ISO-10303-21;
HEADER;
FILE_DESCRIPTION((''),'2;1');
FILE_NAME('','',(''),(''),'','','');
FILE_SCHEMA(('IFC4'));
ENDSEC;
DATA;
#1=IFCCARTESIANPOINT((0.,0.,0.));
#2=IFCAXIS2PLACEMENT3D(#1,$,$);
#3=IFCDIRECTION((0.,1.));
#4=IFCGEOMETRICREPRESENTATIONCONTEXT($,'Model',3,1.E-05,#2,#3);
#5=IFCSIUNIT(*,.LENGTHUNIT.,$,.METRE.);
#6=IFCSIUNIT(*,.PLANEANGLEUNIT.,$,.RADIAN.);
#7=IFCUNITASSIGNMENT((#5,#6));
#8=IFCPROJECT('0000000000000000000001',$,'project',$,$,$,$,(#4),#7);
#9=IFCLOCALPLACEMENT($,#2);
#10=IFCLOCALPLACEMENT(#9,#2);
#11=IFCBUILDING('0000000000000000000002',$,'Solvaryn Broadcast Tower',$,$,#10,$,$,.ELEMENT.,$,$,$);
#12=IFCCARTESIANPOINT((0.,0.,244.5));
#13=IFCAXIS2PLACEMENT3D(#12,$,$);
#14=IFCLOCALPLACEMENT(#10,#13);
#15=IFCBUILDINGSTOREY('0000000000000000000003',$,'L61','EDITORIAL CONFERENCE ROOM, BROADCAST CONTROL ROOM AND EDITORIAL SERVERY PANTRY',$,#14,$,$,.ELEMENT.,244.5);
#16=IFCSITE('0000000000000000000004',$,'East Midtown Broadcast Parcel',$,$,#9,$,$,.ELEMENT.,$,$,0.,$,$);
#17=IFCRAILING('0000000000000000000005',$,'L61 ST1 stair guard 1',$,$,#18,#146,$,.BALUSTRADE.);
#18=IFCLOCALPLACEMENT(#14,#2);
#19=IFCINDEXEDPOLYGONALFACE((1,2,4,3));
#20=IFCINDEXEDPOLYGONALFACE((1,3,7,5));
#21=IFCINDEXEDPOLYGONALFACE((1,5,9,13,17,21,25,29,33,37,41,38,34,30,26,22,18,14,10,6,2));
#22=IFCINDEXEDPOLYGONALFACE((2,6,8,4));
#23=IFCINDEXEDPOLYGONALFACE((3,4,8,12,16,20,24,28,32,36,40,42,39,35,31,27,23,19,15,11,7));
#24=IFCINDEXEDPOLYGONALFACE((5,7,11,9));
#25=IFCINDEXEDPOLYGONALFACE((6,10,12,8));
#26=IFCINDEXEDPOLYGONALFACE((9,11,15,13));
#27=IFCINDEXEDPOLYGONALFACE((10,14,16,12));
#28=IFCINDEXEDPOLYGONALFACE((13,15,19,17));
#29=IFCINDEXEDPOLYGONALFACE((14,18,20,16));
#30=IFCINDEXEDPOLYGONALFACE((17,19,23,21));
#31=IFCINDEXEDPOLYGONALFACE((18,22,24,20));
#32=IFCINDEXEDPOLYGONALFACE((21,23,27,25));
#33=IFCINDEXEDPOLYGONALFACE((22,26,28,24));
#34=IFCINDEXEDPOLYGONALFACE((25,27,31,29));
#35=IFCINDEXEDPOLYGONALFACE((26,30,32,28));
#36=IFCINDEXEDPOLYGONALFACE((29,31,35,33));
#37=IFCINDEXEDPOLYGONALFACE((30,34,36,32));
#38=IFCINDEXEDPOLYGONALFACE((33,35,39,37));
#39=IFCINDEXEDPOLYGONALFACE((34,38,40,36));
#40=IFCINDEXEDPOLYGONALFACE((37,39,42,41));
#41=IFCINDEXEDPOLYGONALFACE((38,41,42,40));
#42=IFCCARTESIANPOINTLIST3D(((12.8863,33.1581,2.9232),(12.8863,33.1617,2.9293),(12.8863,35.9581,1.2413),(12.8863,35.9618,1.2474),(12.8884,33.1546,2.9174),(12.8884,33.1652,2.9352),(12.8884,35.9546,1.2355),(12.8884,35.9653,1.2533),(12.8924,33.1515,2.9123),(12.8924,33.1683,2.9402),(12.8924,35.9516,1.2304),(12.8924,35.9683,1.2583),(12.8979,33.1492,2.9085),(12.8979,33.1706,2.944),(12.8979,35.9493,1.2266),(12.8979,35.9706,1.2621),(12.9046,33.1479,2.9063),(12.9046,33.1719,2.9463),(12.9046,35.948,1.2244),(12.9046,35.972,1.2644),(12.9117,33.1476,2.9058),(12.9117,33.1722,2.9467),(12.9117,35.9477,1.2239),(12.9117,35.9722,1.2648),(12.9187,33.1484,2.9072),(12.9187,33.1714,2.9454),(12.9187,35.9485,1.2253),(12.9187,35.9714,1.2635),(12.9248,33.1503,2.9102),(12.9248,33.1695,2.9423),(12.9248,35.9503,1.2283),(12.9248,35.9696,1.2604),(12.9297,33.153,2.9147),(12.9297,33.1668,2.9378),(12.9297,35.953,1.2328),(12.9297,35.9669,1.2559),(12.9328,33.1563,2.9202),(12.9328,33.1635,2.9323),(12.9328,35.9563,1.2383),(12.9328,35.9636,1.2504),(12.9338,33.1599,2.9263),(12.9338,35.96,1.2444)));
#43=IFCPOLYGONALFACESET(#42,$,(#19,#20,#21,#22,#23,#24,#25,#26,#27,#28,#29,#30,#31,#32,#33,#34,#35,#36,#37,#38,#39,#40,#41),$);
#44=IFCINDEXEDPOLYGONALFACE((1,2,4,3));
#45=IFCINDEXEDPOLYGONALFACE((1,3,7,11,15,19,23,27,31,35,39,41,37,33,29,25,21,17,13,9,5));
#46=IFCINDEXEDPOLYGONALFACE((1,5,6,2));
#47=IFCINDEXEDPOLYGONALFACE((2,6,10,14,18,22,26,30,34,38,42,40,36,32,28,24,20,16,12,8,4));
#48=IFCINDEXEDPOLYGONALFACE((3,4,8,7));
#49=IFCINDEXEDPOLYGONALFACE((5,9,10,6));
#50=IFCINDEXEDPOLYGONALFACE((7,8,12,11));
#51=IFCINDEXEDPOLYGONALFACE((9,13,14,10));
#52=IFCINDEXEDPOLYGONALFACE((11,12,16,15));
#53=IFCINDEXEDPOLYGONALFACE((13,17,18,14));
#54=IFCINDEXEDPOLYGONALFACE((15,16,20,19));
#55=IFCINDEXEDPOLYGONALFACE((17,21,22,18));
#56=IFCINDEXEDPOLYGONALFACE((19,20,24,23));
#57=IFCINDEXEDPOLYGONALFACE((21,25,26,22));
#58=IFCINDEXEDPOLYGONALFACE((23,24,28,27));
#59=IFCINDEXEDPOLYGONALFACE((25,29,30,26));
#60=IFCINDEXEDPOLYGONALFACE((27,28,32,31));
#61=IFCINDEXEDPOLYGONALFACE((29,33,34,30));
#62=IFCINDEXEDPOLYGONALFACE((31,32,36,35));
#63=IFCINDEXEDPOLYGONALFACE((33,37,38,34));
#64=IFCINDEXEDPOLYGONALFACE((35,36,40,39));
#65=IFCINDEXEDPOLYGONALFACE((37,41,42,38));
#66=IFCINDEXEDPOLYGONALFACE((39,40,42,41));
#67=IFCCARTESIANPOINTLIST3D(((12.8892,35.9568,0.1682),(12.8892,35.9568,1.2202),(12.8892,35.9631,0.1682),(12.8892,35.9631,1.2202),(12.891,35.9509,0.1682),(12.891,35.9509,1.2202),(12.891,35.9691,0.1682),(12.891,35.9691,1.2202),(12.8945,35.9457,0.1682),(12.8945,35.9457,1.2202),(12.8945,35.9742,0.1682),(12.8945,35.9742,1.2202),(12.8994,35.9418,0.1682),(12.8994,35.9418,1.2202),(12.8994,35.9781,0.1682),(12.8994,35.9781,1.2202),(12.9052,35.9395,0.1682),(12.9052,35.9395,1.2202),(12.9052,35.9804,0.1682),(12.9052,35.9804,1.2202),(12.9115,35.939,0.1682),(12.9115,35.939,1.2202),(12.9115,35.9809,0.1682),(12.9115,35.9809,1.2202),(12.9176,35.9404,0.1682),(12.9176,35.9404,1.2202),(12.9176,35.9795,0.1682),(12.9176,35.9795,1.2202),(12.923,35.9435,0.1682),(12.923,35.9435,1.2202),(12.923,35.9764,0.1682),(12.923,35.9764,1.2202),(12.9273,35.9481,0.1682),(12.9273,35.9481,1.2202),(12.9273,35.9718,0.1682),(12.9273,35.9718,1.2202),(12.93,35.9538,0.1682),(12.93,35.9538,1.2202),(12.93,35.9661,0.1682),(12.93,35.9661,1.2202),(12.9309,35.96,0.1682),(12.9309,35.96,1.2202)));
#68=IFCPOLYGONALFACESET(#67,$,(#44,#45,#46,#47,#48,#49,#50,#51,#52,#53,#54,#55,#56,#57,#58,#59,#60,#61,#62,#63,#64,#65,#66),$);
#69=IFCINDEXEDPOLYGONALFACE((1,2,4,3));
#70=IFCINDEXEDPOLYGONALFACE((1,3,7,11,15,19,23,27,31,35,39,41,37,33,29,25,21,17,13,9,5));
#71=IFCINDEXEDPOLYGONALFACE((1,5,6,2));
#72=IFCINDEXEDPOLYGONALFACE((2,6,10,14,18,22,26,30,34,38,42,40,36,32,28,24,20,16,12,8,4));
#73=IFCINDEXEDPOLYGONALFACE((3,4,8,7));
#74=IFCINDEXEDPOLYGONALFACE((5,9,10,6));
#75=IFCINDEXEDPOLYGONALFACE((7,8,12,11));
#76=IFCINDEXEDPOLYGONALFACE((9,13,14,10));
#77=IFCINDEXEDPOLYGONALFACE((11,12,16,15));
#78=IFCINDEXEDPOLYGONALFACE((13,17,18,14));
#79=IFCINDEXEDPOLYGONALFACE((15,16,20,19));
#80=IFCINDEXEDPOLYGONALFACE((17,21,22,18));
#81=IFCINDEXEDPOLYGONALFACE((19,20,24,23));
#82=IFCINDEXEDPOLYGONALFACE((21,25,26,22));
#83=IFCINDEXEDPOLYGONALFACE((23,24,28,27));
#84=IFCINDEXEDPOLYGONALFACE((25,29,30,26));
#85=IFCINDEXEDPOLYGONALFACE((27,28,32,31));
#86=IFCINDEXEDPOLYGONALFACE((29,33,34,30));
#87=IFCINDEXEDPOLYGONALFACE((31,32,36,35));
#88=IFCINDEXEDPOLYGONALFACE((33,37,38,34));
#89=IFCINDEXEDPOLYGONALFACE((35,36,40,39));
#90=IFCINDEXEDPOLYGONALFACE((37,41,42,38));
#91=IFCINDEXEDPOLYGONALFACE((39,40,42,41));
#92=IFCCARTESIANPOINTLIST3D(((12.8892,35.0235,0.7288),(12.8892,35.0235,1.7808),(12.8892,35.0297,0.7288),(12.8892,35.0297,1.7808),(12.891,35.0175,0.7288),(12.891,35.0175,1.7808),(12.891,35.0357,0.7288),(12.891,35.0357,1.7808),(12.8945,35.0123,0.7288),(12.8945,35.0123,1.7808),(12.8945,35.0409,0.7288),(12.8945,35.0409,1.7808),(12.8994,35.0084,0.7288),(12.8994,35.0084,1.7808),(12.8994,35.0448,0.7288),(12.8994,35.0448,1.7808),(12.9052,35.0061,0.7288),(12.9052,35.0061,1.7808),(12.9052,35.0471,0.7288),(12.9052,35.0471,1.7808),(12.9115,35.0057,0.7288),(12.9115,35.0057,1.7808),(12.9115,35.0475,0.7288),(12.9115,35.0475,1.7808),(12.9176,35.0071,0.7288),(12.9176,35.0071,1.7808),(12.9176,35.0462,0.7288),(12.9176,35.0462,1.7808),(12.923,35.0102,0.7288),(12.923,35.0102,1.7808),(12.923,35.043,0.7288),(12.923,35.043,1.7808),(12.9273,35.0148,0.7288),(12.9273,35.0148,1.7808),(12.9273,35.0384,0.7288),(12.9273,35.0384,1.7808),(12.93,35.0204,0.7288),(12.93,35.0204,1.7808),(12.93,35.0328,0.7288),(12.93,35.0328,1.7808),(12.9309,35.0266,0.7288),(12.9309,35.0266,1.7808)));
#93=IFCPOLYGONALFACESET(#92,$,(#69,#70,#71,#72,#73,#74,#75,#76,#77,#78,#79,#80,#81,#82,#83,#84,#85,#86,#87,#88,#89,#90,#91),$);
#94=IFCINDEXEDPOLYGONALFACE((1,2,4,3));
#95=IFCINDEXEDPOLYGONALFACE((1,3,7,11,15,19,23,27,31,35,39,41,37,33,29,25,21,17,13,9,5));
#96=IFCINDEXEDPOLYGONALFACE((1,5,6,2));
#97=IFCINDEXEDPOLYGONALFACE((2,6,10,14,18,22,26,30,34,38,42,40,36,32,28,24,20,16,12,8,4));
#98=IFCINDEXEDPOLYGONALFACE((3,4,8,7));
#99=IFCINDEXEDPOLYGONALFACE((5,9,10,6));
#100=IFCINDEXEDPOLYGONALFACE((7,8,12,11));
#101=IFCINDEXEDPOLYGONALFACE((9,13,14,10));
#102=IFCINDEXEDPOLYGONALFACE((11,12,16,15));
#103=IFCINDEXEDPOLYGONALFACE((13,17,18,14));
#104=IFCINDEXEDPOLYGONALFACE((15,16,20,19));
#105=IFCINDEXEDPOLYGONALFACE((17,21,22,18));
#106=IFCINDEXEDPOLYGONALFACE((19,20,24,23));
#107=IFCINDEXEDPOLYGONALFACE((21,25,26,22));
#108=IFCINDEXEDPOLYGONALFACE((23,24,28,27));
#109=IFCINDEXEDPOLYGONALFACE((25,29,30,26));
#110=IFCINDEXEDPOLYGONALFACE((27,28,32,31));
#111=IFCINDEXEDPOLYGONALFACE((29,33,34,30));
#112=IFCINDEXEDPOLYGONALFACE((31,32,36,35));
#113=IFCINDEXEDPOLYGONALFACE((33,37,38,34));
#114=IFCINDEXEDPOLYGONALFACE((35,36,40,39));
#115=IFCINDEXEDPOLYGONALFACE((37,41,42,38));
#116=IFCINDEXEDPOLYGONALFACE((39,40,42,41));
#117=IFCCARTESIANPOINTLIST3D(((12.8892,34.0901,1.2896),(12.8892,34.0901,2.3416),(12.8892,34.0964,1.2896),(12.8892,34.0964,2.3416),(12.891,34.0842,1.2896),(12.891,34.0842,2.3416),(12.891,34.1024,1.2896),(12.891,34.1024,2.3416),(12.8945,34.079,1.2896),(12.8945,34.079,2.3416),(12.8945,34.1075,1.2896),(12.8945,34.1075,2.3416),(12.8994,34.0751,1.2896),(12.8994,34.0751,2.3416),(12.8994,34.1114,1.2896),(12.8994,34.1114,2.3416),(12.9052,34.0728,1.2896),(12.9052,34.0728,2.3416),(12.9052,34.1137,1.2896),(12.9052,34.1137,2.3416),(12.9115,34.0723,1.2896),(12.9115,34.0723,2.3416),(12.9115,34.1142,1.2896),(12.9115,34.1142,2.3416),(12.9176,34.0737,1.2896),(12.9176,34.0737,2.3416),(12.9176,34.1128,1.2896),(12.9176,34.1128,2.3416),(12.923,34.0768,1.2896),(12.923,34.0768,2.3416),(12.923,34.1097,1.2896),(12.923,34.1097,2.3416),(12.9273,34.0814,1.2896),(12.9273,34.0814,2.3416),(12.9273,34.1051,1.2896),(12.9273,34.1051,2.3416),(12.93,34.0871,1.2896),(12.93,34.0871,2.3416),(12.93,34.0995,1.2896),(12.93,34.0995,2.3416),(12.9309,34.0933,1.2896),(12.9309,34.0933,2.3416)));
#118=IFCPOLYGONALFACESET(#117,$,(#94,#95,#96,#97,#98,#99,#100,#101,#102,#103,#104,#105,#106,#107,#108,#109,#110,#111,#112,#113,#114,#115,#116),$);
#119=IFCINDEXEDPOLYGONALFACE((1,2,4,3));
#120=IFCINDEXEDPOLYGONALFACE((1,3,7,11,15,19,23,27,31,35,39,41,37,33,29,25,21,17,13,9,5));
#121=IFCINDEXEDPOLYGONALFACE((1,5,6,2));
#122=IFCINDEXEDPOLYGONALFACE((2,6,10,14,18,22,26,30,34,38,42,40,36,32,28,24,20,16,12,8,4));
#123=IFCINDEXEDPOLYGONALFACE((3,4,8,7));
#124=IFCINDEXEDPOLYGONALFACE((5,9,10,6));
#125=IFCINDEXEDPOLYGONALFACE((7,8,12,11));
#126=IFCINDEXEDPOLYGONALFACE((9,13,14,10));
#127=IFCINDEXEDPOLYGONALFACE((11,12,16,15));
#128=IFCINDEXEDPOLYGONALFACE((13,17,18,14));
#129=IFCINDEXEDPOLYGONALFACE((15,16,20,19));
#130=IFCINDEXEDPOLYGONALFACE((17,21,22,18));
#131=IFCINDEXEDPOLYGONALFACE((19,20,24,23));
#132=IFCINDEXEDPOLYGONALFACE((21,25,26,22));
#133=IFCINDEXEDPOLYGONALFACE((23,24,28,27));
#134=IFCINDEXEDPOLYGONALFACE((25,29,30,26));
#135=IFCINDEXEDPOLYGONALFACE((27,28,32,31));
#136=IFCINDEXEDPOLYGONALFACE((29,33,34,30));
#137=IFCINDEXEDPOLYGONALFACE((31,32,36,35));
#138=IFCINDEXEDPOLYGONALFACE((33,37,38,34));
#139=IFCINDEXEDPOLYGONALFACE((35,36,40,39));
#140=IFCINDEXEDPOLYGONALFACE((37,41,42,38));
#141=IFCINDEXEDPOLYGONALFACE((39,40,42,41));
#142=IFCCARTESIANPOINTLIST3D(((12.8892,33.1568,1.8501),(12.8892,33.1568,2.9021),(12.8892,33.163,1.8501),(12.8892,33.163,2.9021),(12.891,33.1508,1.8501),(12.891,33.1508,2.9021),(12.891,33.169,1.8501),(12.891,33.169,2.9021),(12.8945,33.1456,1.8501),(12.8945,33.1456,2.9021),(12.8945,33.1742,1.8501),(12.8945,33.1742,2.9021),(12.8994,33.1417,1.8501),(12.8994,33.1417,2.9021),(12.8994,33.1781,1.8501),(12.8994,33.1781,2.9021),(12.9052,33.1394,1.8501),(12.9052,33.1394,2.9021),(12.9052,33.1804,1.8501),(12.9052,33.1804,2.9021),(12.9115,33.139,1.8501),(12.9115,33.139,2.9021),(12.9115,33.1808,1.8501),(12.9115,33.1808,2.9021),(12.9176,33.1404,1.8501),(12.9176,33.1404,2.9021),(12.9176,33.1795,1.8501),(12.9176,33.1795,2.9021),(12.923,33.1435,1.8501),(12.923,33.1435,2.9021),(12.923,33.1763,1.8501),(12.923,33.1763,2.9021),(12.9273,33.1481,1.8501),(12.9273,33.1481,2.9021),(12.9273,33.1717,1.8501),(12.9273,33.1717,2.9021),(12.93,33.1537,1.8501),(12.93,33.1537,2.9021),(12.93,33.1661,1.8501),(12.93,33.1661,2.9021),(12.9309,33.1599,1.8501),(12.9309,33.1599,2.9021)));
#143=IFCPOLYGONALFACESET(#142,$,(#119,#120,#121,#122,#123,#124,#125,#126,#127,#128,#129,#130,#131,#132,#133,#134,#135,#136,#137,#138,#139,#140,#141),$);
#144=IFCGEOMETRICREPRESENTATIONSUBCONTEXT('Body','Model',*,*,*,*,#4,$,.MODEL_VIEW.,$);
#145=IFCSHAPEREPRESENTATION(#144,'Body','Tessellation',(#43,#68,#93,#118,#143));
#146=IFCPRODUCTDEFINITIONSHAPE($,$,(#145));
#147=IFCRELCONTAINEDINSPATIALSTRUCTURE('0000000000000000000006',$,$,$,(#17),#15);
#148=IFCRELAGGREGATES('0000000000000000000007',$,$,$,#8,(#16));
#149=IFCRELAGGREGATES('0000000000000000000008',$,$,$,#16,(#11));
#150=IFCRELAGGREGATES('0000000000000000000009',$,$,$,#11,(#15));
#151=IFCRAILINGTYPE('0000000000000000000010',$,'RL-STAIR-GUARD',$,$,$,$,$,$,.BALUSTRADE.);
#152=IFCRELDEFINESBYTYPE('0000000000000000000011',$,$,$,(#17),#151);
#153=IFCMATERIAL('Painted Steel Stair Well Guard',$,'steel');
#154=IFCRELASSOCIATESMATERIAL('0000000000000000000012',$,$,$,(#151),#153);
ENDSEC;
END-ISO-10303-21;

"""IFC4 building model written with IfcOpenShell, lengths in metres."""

from ifc_helpers import new_model, si_unit, direction, frame, origin, origin_2d, place, context, subcontext, project, spatial, circle, extrude, material, type_object, element, save


model = new_model("IFC4")

# Units and contexts
model_context = context("Model", 3, precision=1e-05, world=origin(), true_north=direction((0.0, 1.0)))
body_context = subcontext(model_context, "Body", "Model", "MODEL_VIEW")
ifc_project = project(units=[si_unit("LENGTHUNIT", "METRE"), si_unit("PLANEANGLEUNIT", "RADIAN")], contexts=[model_context])

# Site, building, storey
site_placement = place(None, origin())
site = spatial("IfcSite", under=ifc_project, at=site_placement, Name="East Midtown Broadcast Parcel", CompositionType="ELEMENT", RefElevation=0.0)
building_placement = place(site_placement, origin())
building = spatial("IfcBuilding", under=site, at=building_placement, Name="Solvaryn Broadcast Tower", CompositionType="ELEMENT")
storey_placement = place(building_placement, frame((0.0, 0.0, 244.5)))
storey = spatial("IfcBuildingStorey", under=building, at=storey_placement, Name="L61", Description="EDITORIAL CONFERENCE ROOM, BROADCAST CONTROL ROOM AND EDITORIAL SERVERY PANTRY", CompositionType="ELEMENT", Elevation=244.5)

# Railing
ifc_material_1 = material(Name="Painted Steel Stair Well Guard", Category="steel")
railing_type_1 = type_object("IfcRailingType", Name="RL-STAIR-GUARD", PredefinedType="BALUSTRADE", material=ifc_material_1)
railing_1_placement = place(storey_placement, frame((12.9099, 35.96, 0.1682)))
element("IfcRailing", 1, at=railing_1_placement, inside=storey, type_object=railing_type_1, Name="L61 ST1 stair guard 1", PredefinedType="BALUSTRADE", context=body_context, shape_type="SweptSolid", body=[
    extrude(circle(Radius=0.0239, at=origin_2d()), frame((0.0, 0.0, 1.0762), z_axis=(0.0, -0.857242, 0.514913), x_axis=(1.0, 0.0, 0.0)), (0.0, 0.0, 1.0), 3.2664),
    extrude(circle(Radius=0.021, at=origin_2d()), origin(), (0.0, 0.0, 1.0), 1.052),
    extrude(circle(Radius=0.021, at=origin_2d()), frame((0.0, -0.9333, 0.5605)), (0.0, 0.0, 1.0), 1.052),
    extrude(circle(Radius=0.021, at=origin_2d()), frame((0.0, -1.8667, 1.1213)), (0.0, 0.0, 1.0), 1.052),
    extrude(circle(Radius=0.021, at=origin_2d()), frame((0.0, -2.8, 1.6819)), (0.0, 0.0, 1.0), 1.052),
])

save(model, "model.ifc")
